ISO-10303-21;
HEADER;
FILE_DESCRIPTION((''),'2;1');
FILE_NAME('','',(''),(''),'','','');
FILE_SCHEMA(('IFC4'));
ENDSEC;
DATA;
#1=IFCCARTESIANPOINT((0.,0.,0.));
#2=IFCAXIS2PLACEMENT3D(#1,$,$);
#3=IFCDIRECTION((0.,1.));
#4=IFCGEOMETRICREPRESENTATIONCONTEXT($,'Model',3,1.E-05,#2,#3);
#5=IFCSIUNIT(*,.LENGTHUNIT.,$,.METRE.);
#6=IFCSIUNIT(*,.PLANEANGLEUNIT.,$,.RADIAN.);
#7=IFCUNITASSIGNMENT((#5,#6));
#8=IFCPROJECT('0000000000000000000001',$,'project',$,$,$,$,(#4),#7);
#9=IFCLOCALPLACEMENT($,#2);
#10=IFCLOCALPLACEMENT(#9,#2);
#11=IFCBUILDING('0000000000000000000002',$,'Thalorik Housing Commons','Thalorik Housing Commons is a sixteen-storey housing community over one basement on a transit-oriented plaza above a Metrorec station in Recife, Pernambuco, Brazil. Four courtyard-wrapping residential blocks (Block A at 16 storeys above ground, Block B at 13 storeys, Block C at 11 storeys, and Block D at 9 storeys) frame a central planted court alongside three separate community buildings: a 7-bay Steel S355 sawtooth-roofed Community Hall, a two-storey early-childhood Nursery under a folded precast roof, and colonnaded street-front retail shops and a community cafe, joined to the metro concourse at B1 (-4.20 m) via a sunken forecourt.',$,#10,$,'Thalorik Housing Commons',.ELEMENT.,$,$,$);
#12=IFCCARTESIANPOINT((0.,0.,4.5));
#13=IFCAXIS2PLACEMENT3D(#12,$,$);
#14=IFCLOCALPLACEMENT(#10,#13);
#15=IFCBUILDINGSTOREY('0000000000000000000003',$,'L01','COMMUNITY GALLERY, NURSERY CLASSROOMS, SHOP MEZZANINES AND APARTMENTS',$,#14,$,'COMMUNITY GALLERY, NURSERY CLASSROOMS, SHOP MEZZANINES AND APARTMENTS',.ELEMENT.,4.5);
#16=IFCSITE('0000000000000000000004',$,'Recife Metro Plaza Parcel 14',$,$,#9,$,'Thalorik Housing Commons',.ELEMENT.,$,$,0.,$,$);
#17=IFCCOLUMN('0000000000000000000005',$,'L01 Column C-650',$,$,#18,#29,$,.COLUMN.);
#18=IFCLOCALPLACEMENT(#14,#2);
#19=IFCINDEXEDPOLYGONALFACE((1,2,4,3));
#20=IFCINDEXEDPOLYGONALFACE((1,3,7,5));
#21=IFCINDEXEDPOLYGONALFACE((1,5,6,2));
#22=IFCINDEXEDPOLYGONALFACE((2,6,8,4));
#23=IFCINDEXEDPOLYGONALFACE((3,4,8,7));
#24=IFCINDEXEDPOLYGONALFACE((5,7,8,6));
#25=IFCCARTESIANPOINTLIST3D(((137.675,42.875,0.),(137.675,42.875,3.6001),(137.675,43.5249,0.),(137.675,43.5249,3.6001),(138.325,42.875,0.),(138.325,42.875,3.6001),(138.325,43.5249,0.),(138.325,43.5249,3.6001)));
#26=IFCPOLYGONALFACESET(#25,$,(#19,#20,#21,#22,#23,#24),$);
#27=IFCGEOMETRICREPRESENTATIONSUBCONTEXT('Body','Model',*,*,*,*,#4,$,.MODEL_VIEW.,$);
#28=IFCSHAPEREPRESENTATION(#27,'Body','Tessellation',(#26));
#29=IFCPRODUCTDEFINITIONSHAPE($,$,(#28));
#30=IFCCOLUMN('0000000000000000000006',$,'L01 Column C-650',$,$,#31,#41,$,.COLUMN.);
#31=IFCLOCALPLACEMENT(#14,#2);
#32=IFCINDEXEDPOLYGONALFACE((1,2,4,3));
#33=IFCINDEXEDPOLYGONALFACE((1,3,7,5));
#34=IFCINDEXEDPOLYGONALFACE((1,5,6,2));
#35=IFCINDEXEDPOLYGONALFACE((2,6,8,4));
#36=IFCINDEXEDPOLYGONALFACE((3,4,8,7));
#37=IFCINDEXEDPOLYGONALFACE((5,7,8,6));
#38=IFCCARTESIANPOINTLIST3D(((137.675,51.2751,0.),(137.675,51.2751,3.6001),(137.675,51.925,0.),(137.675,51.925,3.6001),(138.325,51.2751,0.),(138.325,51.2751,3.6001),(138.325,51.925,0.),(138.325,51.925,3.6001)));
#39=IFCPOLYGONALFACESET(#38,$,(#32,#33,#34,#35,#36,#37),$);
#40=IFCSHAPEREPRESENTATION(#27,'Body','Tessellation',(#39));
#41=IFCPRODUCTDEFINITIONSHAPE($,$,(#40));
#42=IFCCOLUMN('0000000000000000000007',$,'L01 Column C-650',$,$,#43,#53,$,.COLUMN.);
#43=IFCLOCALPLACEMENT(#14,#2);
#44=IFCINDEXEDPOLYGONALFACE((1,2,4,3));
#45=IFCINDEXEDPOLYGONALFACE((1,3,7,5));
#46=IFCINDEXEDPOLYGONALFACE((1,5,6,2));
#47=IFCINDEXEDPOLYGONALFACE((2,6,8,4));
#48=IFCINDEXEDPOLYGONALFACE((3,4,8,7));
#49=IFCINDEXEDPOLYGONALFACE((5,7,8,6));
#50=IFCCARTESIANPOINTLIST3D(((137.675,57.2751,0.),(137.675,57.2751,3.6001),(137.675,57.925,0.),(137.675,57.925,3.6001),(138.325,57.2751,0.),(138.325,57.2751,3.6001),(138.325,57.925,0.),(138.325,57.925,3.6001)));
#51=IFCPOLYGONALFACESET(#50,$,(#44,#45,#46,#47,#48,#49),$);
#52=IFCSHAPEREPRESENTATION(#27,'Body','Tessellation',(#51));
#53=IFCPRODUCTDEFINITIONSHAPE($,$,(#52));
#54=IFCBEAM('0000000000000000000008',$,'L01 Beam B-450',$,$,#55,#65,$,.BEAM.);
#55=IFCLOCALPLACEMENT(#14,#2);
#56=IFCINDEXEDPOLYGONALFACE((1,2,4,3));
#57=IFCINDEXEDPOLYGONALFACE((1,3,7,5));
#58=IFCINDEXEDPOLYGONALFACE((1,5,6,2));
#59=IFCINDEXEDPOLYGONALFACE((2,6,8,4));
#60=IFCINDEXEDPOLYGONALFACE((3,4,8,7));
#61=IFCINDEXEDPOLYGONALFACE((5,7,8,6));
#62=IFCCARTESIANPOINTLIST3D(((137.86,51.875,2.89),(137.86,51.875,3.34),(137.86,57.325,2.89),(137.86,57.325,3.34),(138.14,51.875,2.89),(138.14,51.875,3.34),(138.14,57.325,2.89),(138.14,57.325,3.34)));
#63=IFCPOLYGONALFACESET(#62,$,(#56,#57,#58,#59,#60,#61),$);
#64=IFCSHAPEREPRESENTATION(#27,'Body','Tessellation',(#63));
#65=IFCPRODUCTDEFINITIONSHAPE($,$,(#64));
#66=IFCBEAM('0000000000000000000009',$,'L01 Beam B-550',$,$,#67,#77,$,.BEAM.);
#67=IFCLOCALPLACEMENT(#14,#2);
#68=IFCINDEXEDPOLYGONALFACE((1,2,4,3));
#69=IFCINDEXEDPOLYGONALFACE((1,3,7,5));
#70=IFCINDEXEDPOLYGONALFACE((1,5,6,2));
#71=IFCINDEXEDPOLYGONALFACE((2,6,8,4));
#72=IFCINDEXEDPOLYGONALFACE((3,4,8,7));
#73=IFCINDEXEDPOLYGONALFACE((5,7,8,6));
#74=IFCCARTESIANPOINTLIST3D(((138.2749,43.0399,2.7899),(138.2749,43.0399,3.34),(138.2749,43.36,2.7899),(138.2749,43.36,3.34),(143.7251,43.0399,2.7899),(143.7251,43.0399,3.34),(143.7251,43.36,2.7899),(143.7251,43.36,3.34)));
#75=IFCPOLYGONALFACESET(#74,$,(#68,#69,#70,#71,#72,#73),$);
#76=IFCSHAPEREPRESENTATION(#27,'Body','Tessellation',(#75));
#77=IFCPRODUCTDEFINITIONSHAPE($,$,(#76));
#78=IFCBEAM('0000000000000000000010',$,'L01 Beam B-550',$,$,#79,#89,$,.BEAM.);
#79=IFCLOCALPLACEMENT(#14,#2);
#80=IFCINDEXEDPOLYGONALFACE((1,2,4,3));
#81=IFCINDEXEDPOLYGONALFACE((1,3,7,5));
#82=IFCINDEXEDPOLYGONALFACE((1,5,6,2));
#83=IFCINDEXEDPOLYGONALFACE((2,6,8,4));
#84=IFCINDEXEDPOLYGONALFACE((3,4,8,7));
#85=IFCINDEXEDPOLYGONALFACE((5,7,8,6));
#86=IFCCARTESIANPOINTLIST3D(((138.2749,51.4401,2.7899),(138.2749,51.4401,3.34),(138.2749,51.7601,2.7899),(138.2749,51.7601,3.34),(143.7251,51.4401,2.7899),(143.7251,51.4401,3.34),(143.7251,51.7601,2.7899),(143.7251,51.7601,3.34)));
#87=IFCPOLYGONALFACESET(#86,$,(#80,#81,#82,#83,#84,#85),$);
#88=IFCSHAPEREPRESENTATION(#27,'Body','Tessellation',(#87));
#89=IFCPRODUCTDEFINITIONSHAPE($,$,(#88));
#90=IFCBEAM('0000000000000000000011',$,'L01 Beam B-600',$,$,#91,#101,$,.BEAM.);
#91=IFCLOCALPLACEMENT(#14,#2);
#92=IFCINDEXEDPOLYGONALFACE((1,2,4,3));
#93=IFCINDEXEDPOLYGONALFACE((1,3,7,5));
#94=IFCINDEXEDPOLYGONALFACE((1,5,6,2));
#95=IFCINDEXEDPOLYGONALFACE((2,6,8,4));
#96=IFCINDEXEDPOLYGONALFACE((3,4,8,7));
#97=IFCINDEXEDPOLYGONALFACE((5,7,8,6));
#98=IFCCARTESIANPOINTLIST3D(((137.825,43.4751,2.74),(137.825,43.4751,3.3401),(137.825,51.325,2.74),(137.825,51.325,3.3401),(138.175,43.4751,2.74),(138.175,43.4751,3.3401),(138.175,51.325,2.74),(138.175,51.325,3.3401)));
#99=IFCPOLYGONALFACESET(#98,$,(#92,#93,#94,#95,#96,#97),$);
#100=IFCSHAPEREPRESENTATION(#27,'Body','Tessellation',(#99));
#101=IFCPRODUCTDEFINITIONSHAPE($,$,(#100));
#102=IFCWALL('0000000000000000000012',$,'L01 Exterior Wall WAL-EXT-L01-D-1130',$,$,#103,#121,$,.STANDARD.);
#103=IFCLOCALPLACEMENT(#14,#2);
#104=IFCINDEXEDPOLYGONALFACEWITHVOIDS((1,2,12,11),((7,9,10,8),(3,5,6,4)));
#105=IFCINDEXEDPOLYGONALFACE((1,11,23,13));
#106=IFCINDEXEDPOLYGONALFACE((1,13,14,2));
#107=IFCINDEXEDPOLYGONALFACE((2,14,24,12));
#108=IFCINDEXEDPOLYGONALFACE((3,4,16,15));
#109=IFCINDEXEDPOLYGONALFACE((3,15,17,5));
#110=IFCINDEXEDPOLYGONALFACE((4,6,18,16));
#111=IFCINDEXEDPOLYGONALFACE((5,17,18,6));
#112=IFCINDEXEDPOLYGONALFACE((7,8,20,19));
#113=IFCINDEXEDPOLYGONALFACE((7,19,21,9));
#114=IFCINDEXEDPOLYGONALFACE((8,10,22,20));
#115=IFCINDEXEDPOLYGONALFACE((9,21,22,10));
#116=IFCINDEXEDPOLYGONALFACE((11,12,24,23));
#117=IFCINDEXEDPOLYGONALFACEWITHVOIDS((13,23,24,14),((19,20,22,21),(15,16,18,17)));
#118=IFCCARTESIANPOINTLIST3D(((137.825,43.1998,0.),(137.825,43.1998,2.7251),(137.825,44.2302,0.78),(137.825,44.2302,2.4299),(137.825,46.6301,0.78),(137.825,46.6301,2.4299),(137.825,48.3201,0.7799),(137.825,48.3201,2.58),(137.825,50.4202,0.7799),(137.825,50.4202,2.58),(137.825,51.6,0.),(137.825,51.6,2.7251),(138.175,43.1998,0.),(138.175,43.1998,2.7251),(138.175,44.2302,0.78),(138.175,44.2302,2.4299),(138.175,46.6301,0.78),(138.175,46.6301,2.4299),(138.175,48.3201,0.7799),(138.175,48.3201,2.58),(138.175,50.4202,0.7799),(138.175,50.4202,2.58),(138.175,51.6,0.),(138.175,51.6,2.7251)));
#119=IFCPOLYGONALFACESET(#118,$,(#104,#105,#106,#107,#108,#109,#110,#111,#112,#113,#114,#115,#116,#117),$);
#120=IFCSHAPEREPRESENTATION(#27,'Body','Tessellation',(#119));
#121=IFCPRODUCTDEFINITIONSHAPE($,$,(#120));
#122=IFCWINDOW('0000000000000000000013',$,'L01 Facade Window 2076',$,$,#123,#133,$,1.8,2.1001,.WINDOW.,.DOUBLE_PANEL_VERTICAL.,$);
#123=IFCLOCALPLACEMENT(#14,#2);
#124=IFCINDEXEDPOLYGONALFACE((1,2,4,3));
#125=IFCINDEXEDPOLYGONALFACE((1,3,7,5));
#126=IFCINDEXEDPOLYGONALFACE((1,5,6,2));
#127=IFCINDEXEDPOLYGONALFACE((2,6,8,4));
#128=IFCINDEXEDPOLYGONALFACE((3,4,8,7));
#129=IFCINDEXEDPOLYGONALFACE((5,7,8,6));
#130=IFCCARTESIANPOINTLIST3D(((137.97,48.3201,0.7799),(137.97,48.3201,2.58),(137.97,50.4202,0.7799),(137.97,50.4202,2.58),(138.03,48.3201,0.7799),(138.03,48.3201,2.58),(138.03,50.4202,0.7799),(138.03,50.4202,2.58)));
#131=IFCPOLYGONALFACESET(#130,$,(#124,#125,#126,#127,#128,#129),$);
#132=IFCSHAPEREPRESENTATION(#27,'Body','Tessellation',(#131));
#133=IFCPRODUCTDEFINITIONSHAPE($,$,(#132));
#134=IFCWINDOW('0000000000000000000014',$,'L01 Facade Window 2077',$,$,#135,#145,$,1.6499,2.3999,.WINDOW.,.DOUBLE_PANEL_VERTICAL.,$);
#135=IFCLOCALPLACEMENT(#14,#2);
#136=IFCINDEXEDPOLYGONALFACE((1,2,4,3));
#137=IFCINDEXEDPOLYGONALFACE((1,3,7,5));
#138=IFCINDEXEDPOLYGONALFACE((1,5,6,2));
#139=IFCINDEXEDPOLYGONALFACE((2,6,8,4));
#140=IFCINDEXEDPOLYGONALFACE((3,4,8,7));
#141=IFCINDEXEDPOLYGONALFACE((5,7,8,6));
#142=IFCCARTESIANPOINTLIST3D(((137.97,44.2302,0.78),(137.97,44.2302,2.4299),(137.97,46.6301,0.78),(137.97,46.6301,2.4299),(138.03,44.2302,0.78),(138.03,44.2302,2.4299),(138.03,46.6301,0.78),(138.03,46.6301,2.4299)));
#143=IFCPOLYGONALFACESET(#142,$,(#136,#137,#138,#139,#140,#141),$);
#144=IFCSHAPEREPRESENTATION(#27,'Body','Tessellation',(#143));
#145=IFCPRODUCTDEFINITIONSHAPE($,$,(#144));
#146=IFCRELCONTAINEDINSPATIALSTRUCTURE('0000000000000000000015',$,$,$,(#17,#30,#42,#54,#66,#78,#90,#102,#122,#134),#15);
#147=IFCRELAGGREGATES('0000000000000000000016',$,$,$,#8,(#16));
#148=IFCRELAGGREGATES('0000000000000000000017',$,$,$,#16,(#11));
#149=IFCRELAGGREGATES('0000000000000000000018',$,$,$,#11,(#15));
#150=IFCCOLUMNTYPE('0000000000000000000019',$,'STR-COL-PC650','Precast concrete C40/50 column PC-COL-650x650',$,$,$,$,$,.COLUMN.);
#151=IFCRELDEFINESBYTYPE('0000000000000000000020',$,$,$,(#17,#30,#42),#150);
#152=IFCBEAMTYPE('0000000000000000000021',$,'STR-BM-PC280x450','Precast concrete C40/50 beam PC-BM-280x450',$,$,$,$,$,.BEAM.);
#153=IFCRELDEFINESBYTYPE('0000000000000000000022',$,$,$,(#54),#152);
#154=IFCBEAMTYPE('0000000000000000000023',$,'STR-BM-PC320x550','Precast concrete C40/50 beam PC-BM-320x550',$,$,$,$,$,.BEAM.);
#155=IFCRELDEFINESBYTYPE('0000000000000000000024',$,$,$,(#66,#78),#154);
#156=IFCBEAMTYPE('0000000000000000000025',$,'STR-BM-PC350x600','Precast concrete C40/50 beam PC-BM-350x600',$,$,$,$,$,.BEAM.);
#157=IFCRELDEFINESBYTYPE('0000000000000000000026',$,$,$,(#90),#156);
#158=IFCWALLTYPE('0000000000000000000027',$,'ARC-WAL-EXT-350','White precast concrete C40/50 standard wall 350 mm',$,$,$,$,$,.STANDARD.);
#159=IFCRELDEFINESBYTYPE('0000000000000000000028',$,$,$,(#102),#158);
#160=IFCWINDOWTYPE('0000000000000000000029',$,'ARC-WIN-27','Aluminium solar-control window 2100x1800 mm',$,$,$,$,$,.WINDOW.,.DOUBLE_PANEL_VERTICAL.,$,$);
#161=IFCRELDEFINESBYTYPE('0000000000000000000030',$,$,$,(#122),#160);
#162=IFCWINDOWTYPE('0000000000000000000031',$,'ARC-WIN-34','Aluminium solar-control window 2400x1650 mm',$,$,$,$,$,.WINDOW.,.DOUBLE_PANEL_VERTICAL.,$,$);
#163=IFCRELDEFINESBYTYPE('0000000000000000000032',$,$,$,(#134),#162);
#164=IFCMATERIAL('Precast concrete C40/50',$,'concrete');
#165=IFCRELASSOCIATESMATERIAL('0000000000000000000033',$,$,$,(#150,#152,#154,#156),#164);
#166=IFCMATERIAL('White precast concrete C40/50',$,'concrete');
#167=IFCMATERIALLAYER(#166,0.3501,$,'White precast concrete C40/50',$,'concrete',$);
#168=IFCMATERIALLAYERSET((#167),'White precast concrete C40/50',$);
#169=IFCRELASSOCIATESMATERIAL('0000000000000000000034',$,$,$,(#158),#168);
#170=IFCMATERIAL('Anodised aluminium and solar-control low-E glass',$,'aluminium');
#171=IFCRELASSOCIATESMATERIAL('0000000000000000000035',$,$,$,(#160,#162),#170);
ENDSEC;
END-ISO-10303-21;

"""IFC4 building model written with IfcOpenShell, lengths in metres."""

from ifc_helpers import new_model, si_unit, direction, frame, frame_2d, origin, origin_2d, place, context, subcontext, project, spatial, rectangle, extrude, material, layer, layer_set, material_profile, profile_set, type_object, element, fill, save


model = new_model("IFC4")

# Units and contexts
model_context = context("Model", 3, precision=1e-05, world=origin(), true_north=direction((0.0, 1.0)))
body_context = subcontext(model_context, "Body", "Model", "MODEL_VIEW")
ifc_project = project(units=[si_unit("LENGTHUNIT", "METRE"), si_unit("PLANEANGLEUNIT", "RADIAN")], contexts=[model_context])

# Site, building, storey
site_placement = place(None, origin())
site = spatial("IfcSite", under=ifc_project, at=site_placement, Name="Recife Metro Plaza Parcel 14", LongName="Thalorik Housing Commons", CompositionType="ELEMENT", RefElevation=0.0)
building_placement = place(site_placement, origin())
building = spatial("IfcBuilding", under=site, at=building_placement, Name="Thalorik Housing Commons", Description="Thalorik Housing Commons is a sixteen-storey housing community over one basement on a transit-oriented plaza above a Metrorec station in Recife, Pernambuco, Brazil. Four courtyard-wrapping residential blocks (Block A at 16 storeys above ground, Block B at 13 storeys, Block C at 11 storeys, and Block D at 9 storeys) frame a central planted court alongside three separate community buildings: a 7-bay Steel S355 sawtooth-roofed Community Hall, a two-storey early-childhood Nursery under a folded precast roof, and colonnaded street-front retail shops and a community cafe, joined to the metro concourse at B1 (-4.20 m) via a sunken forecourt.", LongName="Thalorik Housing Commons", CompositionType="ELEMENT")
storey_placement = place(building_placement, frame((0.0, 0.0, 4.5)))
storey = spatial("IfcBuildingStorey", under=building, at=storey_placement, Name="L01", Description="COMMUNITY GALLERY, NURSERY CLASSROOMS, SHOP MEZZANINES AND APARTMENTS", LongName="COMMUNITY GALLERY, NURSERY CLASSROOMS, SHOP MEZZANINES AND APARTMENTS", CompositionType="ELEMENT", Elevation=4.5)

# Columns
ifc_material_1 = material(Name="Precast concrete C40/50", Category="concrete")
ifc_material_profile_1 = material_profile(ifc_material_1, rectangle(XDim=0.6499, YDim=0.6499, at=origin_2d()), Name="PC 650x650", Category="concrete")
ifc_profile_set_1 = profile_set([ifc_material_profile_1], Name="Precast concrete C40/50")
column_type = type_object("IfcColumnType", Name="STR-COL-PC650", Description="Precast concrete C40/50 column PC-COL-650x650", PredefinedType="COLUMN", material=ifc_profile_set_1)
for number, where, z_axis, x_axis, name in (
    (1, (138.0, 43.2, 0.0), (0.0, 0.0, 1.0), (1.0, 0.0, 0.0), "L01 Column C-650"),
    (2, (138.0, 51.6001, 0.0), (0.0, 0.0, 1.0), (1.0, 0.0, 0.0), "L01 Column C-650"),
    (3, (138.0, 57.6001, 0.0), (0.0, 0.0, 1.0), (1.0, 0.0, 0.0), "L01 Column C-650"),
):
    element("IfcColumn", number, at=place(storey_placement, frame(where, z_axis=z_axis, x_axis=x_axis)), inside=storey, type_object=column_type, Name=name, PredefinedType="COLUMN", context=body_context, shape_type="SweptSolid", body=[
        extrude(rectangle(XDim=0.6499, YDim=0.6499, at=origin_2d()), origin(), (0.0, 0.0, 1.0), 3.6001),
    ])

# Beams
ifc_material_profile_2 = material_profile(ifc_material_1, rectangle(XDim=0.28, YDim=0.45, at=origin_2d()), Name="PC 280x450", Category="concrete")
ifc_profile_set_2 = profile_set([ifc_material_profile_2], Name="Precast concrete C40/50")
beam_type_1 = type_object("IfcBeamType", Name="STR-BM-PC280x450", Description="Precast concrete C40/50 beam PC-BM-280x450", PredefinedType="BEAM", material=ifc_profile_set_2)
beam_1_placement = place(storey_placement, frame((138.0, 51.875, 3.115), z_axis=(0.0, 1.0, 0.0), x_axis=(-1.0, 0.0, 0.0)))
element("IfcBeam", 4, at=beam_1_placement, inside=storey, type_object=beam_type_1, Name="L01 Beam B-450", PredefinedType="BEAM", context=body_context, shape_type="SweptSolid", body=[
    extrude(rectangle(XDim=0.28, YDim=0.45, at=origin_2d()), origin(), (0.0, 0.0, 1.0), 5.45),
])
ifc_material_profile_3 = material_profile(ifc_material_1, rectangle(XDim=0.3201, YDim=0.55, at=origin_2d()), Name="PC 320x550", Category="concrete")
ifc_profile_set_3 = profile_set([ifc_material_profile_3], Name="Precast concrete C40/50")
beam_type_2 = type_object("IfcBeamType", Name="STR-BM-PC320x550", Description="Precast concrete C40/50 beam PC-BM-320x550", PredefinedType="BEAM", material=ifc_profile_set_3)
for number, where, z_axis, x_axis, name in (
    (5, (138.2749, 43.2, 3.0649), (1.0, 0.0, 0.0), (0.0, 1.0, 0.0), "L01 Beam B-550"),
    (6, (138.2749, 51.6001, 3.0649), (1.0, 0.0, 0.0), (0.0, 1.0, 0.0), "L01 Beam B-550"),
):
    element("IfcBeam", number, at=place(storey_placement, frame(where, z_axis=z_axis, x_axis=x_axis)), inside=storey, type_object=beam_type_2, Name=name, PredefinedType="BEAM", context=body_context, shape_type="SweptSolid", body=[
        extrude(rectangle(XDim=0.3201, YDim=0.55, at=origin_2d()), origin(), (0.0, 0.0, 1.0), 5.4502),
    ])
ifc_material_profile_4 = material_profile(ifc_material_1, rectangle(XDim=0.3501, YDim=0.6001, at=origin_2d()), Name="PC 350x600", Category="concrete")
ifc_profile_set_4 = profile_set([ifc_material_profile_4], Name="Precast concrete C40/50")
beam_type_3 = type_object("IfcBeamType", Name="STR-BM-PC350x600", Description="Precast concrete C40/50 beam PC-BM-350x600", PredefinedType="BEAM", material=ifc_profile_set_4)
beam_2_placement = place(storey_placement, frame((138.0, 43.4751, 3.04), z_axis=(0.0, 1.0, 0.0), x_axis=(-1.0, 0.0, 0.0)))
element("IfcBeam", 7, at=beam_2_placement, inside=storey, type_object=beam_type_3, Name="L01 Beam B-600", PredefinedType="BEAM", context=body_context, shape_type="SweptSolid", body=[
    extrude(rectangle(XDim=0.3501, YDim=0.6001, at=origin_2d()), origin(), (0.0, 0.0, 1.0), 7.8499),
])

# Wall, openings, windows
ifc_material_2 = material(Name="White precast concrete C40/50", Category="concrete")
ifc_layer_1 = layer(ifc_material_2, 0.3501, Name="White precast concrete C40/50", Category="concrete")
ifc_layer_set_1 = layer_set([ifc_layer_1], Name="White precast concrete C40/50")
wall_type = type_object("IfcWallType", Name="ARC-WAL-EXT-350", Description="White precast concrete C40/50 standard wall 350 mm", PredefinedType="STANDARD", material=ifc_layer_set_1)
wall_1_placement = place(storey_placement, frame((138.0, 51.6001, 0.0), z_axis=(0.0, 0.0, 1.0), x_axis=(0.0, -1.0, 0.0)))
wall_1 = element("IfcWall", 8, at=wall_1_placement, inside=storey, type_object=wall_type, Name="L01 Exterior Wall WAL-EXT-L01-D-1130", PredefinedType="STANDARD", context=body_context, shape_type="SweptSolid", body=[
    extrude(rectangle(XDim=8.4001, YDim=0.3501, at=frame_2d((4.2002, 0.0))), origin(), (0.0, 0.0, 1.0), 2.7251),
])
opening_1_placement = place(wall_1_placement, frame((1.1799, 0.0, 0.78)))
opening_1 = element("IfcOpeningElement", 9, at=opening_1_placement, cuts=wall_1, PredefinedType="OPENING", context=body_context, shape_type="SweptSolid", body=[
    extrude(rectangle(XDim=2.1001, YDim=1.8, at=frame_2d((1.05, 0.8999))), frame((0.0, 0.1851, 0.0), z_axis=(0.0, -1.0, 0.0), x_axis=(1.0, 0.0, 0.0)), (0.0, 0.0, 1.0), 0.3701),
])
opening_2_placement = place(wall_1_placement, frame((4.97, 0.0, 0.78)))
opening_2 = element("IfcOpeningElement", 10, at=opening_2_placement, cuts=wall_1, PredefinedType="OPENING", context=body_context, shape_type="SweptSolid", body=[
    extrude(rectangle(XDim=2.3999, YDim=1.6499, at=frame_2d((1.2, 0.825))), frame((0.0, 0.1851, 0.0), z_axis=(0.0, -1.0, 0.0), x_axis=(1.0, 0.0, 0.0)), (0.0, 0.0, 1.0), 0.3701),
])
ifc_material_3 = material(Name="Anodised aluminium and solar-control low-E glass", Category="aluminium")
window_type_1 = type_object("IfcWindowType", Name="ARC-WIN-27", Description="Aluminium solar-control window 2100x1800 mm", PartitioningType="DOUBLE_PANEL_VERTICAL", PredefinedType="WINDOW", material=ifc_material_3)
window_1_placement = place(opening_1_placement, origin())
window_1 = element("IfcWindow", 11, at=window_1_placement, inside=storey, type_object=window_type_1, Name="L01 Facade Window 2076", OverallHeight=1.8, OverallWidth=2.1001, PartitioningType="DOUBLE_PANEL_VERTICAL", PredefinedType="WINDOW", context=body_context, shape_type="SweptSolid", body=[
    extrude(rectangle(XDim=2.1001, YDim=1.8, at=frame_2d((1.05, 0.8999))), frame((0.0, 0.03, 0.0), z_axis=(0.0, -1.0, 0.0), x_axis=(1.0, 0.0, 0.0)), (0.0, 0.0, 1.0), 0.0601),
])
fill(opening_1, window_1)
window_type_2 = type_object("IfcWindowType", Name="ARC-WIN-34", Description="Aluminium solar-control window 2400x1650 mm", PartitioningType="DOUBLE_PANEL_VERTICAL", PredefinedType="WINDOW", material=ifc_material_3)
window_2_placement = place(opening_2_placement, origin())
window_2 = element("IfcWindow", 12, at=window_2_placement, inside=storey, type_object=window_type_2, Name="L01 Facade Window 2077", OverallHeight=1.6499, OverallWidth=2.3999, PartitioningType="DOUBLE_PANEL_VERTICAL", PredefinedType="WINDOW", context=body_context, shape_type="SweptSolid", body=[
    extrude(rectangle(XDim=2.3999, YDim=1.6499, at=frame_2d((1.2, 0.825))), frame((0.0, 0.03, 0.0), z_axis=(0.0, -1.0, 0.0), x_axis=(1.0, 0.0, 0.0)), (0.0, 0.0, 1.0), 0.0601),
])
fill(opening_2, window_2)

save(model, "model.ifc")
